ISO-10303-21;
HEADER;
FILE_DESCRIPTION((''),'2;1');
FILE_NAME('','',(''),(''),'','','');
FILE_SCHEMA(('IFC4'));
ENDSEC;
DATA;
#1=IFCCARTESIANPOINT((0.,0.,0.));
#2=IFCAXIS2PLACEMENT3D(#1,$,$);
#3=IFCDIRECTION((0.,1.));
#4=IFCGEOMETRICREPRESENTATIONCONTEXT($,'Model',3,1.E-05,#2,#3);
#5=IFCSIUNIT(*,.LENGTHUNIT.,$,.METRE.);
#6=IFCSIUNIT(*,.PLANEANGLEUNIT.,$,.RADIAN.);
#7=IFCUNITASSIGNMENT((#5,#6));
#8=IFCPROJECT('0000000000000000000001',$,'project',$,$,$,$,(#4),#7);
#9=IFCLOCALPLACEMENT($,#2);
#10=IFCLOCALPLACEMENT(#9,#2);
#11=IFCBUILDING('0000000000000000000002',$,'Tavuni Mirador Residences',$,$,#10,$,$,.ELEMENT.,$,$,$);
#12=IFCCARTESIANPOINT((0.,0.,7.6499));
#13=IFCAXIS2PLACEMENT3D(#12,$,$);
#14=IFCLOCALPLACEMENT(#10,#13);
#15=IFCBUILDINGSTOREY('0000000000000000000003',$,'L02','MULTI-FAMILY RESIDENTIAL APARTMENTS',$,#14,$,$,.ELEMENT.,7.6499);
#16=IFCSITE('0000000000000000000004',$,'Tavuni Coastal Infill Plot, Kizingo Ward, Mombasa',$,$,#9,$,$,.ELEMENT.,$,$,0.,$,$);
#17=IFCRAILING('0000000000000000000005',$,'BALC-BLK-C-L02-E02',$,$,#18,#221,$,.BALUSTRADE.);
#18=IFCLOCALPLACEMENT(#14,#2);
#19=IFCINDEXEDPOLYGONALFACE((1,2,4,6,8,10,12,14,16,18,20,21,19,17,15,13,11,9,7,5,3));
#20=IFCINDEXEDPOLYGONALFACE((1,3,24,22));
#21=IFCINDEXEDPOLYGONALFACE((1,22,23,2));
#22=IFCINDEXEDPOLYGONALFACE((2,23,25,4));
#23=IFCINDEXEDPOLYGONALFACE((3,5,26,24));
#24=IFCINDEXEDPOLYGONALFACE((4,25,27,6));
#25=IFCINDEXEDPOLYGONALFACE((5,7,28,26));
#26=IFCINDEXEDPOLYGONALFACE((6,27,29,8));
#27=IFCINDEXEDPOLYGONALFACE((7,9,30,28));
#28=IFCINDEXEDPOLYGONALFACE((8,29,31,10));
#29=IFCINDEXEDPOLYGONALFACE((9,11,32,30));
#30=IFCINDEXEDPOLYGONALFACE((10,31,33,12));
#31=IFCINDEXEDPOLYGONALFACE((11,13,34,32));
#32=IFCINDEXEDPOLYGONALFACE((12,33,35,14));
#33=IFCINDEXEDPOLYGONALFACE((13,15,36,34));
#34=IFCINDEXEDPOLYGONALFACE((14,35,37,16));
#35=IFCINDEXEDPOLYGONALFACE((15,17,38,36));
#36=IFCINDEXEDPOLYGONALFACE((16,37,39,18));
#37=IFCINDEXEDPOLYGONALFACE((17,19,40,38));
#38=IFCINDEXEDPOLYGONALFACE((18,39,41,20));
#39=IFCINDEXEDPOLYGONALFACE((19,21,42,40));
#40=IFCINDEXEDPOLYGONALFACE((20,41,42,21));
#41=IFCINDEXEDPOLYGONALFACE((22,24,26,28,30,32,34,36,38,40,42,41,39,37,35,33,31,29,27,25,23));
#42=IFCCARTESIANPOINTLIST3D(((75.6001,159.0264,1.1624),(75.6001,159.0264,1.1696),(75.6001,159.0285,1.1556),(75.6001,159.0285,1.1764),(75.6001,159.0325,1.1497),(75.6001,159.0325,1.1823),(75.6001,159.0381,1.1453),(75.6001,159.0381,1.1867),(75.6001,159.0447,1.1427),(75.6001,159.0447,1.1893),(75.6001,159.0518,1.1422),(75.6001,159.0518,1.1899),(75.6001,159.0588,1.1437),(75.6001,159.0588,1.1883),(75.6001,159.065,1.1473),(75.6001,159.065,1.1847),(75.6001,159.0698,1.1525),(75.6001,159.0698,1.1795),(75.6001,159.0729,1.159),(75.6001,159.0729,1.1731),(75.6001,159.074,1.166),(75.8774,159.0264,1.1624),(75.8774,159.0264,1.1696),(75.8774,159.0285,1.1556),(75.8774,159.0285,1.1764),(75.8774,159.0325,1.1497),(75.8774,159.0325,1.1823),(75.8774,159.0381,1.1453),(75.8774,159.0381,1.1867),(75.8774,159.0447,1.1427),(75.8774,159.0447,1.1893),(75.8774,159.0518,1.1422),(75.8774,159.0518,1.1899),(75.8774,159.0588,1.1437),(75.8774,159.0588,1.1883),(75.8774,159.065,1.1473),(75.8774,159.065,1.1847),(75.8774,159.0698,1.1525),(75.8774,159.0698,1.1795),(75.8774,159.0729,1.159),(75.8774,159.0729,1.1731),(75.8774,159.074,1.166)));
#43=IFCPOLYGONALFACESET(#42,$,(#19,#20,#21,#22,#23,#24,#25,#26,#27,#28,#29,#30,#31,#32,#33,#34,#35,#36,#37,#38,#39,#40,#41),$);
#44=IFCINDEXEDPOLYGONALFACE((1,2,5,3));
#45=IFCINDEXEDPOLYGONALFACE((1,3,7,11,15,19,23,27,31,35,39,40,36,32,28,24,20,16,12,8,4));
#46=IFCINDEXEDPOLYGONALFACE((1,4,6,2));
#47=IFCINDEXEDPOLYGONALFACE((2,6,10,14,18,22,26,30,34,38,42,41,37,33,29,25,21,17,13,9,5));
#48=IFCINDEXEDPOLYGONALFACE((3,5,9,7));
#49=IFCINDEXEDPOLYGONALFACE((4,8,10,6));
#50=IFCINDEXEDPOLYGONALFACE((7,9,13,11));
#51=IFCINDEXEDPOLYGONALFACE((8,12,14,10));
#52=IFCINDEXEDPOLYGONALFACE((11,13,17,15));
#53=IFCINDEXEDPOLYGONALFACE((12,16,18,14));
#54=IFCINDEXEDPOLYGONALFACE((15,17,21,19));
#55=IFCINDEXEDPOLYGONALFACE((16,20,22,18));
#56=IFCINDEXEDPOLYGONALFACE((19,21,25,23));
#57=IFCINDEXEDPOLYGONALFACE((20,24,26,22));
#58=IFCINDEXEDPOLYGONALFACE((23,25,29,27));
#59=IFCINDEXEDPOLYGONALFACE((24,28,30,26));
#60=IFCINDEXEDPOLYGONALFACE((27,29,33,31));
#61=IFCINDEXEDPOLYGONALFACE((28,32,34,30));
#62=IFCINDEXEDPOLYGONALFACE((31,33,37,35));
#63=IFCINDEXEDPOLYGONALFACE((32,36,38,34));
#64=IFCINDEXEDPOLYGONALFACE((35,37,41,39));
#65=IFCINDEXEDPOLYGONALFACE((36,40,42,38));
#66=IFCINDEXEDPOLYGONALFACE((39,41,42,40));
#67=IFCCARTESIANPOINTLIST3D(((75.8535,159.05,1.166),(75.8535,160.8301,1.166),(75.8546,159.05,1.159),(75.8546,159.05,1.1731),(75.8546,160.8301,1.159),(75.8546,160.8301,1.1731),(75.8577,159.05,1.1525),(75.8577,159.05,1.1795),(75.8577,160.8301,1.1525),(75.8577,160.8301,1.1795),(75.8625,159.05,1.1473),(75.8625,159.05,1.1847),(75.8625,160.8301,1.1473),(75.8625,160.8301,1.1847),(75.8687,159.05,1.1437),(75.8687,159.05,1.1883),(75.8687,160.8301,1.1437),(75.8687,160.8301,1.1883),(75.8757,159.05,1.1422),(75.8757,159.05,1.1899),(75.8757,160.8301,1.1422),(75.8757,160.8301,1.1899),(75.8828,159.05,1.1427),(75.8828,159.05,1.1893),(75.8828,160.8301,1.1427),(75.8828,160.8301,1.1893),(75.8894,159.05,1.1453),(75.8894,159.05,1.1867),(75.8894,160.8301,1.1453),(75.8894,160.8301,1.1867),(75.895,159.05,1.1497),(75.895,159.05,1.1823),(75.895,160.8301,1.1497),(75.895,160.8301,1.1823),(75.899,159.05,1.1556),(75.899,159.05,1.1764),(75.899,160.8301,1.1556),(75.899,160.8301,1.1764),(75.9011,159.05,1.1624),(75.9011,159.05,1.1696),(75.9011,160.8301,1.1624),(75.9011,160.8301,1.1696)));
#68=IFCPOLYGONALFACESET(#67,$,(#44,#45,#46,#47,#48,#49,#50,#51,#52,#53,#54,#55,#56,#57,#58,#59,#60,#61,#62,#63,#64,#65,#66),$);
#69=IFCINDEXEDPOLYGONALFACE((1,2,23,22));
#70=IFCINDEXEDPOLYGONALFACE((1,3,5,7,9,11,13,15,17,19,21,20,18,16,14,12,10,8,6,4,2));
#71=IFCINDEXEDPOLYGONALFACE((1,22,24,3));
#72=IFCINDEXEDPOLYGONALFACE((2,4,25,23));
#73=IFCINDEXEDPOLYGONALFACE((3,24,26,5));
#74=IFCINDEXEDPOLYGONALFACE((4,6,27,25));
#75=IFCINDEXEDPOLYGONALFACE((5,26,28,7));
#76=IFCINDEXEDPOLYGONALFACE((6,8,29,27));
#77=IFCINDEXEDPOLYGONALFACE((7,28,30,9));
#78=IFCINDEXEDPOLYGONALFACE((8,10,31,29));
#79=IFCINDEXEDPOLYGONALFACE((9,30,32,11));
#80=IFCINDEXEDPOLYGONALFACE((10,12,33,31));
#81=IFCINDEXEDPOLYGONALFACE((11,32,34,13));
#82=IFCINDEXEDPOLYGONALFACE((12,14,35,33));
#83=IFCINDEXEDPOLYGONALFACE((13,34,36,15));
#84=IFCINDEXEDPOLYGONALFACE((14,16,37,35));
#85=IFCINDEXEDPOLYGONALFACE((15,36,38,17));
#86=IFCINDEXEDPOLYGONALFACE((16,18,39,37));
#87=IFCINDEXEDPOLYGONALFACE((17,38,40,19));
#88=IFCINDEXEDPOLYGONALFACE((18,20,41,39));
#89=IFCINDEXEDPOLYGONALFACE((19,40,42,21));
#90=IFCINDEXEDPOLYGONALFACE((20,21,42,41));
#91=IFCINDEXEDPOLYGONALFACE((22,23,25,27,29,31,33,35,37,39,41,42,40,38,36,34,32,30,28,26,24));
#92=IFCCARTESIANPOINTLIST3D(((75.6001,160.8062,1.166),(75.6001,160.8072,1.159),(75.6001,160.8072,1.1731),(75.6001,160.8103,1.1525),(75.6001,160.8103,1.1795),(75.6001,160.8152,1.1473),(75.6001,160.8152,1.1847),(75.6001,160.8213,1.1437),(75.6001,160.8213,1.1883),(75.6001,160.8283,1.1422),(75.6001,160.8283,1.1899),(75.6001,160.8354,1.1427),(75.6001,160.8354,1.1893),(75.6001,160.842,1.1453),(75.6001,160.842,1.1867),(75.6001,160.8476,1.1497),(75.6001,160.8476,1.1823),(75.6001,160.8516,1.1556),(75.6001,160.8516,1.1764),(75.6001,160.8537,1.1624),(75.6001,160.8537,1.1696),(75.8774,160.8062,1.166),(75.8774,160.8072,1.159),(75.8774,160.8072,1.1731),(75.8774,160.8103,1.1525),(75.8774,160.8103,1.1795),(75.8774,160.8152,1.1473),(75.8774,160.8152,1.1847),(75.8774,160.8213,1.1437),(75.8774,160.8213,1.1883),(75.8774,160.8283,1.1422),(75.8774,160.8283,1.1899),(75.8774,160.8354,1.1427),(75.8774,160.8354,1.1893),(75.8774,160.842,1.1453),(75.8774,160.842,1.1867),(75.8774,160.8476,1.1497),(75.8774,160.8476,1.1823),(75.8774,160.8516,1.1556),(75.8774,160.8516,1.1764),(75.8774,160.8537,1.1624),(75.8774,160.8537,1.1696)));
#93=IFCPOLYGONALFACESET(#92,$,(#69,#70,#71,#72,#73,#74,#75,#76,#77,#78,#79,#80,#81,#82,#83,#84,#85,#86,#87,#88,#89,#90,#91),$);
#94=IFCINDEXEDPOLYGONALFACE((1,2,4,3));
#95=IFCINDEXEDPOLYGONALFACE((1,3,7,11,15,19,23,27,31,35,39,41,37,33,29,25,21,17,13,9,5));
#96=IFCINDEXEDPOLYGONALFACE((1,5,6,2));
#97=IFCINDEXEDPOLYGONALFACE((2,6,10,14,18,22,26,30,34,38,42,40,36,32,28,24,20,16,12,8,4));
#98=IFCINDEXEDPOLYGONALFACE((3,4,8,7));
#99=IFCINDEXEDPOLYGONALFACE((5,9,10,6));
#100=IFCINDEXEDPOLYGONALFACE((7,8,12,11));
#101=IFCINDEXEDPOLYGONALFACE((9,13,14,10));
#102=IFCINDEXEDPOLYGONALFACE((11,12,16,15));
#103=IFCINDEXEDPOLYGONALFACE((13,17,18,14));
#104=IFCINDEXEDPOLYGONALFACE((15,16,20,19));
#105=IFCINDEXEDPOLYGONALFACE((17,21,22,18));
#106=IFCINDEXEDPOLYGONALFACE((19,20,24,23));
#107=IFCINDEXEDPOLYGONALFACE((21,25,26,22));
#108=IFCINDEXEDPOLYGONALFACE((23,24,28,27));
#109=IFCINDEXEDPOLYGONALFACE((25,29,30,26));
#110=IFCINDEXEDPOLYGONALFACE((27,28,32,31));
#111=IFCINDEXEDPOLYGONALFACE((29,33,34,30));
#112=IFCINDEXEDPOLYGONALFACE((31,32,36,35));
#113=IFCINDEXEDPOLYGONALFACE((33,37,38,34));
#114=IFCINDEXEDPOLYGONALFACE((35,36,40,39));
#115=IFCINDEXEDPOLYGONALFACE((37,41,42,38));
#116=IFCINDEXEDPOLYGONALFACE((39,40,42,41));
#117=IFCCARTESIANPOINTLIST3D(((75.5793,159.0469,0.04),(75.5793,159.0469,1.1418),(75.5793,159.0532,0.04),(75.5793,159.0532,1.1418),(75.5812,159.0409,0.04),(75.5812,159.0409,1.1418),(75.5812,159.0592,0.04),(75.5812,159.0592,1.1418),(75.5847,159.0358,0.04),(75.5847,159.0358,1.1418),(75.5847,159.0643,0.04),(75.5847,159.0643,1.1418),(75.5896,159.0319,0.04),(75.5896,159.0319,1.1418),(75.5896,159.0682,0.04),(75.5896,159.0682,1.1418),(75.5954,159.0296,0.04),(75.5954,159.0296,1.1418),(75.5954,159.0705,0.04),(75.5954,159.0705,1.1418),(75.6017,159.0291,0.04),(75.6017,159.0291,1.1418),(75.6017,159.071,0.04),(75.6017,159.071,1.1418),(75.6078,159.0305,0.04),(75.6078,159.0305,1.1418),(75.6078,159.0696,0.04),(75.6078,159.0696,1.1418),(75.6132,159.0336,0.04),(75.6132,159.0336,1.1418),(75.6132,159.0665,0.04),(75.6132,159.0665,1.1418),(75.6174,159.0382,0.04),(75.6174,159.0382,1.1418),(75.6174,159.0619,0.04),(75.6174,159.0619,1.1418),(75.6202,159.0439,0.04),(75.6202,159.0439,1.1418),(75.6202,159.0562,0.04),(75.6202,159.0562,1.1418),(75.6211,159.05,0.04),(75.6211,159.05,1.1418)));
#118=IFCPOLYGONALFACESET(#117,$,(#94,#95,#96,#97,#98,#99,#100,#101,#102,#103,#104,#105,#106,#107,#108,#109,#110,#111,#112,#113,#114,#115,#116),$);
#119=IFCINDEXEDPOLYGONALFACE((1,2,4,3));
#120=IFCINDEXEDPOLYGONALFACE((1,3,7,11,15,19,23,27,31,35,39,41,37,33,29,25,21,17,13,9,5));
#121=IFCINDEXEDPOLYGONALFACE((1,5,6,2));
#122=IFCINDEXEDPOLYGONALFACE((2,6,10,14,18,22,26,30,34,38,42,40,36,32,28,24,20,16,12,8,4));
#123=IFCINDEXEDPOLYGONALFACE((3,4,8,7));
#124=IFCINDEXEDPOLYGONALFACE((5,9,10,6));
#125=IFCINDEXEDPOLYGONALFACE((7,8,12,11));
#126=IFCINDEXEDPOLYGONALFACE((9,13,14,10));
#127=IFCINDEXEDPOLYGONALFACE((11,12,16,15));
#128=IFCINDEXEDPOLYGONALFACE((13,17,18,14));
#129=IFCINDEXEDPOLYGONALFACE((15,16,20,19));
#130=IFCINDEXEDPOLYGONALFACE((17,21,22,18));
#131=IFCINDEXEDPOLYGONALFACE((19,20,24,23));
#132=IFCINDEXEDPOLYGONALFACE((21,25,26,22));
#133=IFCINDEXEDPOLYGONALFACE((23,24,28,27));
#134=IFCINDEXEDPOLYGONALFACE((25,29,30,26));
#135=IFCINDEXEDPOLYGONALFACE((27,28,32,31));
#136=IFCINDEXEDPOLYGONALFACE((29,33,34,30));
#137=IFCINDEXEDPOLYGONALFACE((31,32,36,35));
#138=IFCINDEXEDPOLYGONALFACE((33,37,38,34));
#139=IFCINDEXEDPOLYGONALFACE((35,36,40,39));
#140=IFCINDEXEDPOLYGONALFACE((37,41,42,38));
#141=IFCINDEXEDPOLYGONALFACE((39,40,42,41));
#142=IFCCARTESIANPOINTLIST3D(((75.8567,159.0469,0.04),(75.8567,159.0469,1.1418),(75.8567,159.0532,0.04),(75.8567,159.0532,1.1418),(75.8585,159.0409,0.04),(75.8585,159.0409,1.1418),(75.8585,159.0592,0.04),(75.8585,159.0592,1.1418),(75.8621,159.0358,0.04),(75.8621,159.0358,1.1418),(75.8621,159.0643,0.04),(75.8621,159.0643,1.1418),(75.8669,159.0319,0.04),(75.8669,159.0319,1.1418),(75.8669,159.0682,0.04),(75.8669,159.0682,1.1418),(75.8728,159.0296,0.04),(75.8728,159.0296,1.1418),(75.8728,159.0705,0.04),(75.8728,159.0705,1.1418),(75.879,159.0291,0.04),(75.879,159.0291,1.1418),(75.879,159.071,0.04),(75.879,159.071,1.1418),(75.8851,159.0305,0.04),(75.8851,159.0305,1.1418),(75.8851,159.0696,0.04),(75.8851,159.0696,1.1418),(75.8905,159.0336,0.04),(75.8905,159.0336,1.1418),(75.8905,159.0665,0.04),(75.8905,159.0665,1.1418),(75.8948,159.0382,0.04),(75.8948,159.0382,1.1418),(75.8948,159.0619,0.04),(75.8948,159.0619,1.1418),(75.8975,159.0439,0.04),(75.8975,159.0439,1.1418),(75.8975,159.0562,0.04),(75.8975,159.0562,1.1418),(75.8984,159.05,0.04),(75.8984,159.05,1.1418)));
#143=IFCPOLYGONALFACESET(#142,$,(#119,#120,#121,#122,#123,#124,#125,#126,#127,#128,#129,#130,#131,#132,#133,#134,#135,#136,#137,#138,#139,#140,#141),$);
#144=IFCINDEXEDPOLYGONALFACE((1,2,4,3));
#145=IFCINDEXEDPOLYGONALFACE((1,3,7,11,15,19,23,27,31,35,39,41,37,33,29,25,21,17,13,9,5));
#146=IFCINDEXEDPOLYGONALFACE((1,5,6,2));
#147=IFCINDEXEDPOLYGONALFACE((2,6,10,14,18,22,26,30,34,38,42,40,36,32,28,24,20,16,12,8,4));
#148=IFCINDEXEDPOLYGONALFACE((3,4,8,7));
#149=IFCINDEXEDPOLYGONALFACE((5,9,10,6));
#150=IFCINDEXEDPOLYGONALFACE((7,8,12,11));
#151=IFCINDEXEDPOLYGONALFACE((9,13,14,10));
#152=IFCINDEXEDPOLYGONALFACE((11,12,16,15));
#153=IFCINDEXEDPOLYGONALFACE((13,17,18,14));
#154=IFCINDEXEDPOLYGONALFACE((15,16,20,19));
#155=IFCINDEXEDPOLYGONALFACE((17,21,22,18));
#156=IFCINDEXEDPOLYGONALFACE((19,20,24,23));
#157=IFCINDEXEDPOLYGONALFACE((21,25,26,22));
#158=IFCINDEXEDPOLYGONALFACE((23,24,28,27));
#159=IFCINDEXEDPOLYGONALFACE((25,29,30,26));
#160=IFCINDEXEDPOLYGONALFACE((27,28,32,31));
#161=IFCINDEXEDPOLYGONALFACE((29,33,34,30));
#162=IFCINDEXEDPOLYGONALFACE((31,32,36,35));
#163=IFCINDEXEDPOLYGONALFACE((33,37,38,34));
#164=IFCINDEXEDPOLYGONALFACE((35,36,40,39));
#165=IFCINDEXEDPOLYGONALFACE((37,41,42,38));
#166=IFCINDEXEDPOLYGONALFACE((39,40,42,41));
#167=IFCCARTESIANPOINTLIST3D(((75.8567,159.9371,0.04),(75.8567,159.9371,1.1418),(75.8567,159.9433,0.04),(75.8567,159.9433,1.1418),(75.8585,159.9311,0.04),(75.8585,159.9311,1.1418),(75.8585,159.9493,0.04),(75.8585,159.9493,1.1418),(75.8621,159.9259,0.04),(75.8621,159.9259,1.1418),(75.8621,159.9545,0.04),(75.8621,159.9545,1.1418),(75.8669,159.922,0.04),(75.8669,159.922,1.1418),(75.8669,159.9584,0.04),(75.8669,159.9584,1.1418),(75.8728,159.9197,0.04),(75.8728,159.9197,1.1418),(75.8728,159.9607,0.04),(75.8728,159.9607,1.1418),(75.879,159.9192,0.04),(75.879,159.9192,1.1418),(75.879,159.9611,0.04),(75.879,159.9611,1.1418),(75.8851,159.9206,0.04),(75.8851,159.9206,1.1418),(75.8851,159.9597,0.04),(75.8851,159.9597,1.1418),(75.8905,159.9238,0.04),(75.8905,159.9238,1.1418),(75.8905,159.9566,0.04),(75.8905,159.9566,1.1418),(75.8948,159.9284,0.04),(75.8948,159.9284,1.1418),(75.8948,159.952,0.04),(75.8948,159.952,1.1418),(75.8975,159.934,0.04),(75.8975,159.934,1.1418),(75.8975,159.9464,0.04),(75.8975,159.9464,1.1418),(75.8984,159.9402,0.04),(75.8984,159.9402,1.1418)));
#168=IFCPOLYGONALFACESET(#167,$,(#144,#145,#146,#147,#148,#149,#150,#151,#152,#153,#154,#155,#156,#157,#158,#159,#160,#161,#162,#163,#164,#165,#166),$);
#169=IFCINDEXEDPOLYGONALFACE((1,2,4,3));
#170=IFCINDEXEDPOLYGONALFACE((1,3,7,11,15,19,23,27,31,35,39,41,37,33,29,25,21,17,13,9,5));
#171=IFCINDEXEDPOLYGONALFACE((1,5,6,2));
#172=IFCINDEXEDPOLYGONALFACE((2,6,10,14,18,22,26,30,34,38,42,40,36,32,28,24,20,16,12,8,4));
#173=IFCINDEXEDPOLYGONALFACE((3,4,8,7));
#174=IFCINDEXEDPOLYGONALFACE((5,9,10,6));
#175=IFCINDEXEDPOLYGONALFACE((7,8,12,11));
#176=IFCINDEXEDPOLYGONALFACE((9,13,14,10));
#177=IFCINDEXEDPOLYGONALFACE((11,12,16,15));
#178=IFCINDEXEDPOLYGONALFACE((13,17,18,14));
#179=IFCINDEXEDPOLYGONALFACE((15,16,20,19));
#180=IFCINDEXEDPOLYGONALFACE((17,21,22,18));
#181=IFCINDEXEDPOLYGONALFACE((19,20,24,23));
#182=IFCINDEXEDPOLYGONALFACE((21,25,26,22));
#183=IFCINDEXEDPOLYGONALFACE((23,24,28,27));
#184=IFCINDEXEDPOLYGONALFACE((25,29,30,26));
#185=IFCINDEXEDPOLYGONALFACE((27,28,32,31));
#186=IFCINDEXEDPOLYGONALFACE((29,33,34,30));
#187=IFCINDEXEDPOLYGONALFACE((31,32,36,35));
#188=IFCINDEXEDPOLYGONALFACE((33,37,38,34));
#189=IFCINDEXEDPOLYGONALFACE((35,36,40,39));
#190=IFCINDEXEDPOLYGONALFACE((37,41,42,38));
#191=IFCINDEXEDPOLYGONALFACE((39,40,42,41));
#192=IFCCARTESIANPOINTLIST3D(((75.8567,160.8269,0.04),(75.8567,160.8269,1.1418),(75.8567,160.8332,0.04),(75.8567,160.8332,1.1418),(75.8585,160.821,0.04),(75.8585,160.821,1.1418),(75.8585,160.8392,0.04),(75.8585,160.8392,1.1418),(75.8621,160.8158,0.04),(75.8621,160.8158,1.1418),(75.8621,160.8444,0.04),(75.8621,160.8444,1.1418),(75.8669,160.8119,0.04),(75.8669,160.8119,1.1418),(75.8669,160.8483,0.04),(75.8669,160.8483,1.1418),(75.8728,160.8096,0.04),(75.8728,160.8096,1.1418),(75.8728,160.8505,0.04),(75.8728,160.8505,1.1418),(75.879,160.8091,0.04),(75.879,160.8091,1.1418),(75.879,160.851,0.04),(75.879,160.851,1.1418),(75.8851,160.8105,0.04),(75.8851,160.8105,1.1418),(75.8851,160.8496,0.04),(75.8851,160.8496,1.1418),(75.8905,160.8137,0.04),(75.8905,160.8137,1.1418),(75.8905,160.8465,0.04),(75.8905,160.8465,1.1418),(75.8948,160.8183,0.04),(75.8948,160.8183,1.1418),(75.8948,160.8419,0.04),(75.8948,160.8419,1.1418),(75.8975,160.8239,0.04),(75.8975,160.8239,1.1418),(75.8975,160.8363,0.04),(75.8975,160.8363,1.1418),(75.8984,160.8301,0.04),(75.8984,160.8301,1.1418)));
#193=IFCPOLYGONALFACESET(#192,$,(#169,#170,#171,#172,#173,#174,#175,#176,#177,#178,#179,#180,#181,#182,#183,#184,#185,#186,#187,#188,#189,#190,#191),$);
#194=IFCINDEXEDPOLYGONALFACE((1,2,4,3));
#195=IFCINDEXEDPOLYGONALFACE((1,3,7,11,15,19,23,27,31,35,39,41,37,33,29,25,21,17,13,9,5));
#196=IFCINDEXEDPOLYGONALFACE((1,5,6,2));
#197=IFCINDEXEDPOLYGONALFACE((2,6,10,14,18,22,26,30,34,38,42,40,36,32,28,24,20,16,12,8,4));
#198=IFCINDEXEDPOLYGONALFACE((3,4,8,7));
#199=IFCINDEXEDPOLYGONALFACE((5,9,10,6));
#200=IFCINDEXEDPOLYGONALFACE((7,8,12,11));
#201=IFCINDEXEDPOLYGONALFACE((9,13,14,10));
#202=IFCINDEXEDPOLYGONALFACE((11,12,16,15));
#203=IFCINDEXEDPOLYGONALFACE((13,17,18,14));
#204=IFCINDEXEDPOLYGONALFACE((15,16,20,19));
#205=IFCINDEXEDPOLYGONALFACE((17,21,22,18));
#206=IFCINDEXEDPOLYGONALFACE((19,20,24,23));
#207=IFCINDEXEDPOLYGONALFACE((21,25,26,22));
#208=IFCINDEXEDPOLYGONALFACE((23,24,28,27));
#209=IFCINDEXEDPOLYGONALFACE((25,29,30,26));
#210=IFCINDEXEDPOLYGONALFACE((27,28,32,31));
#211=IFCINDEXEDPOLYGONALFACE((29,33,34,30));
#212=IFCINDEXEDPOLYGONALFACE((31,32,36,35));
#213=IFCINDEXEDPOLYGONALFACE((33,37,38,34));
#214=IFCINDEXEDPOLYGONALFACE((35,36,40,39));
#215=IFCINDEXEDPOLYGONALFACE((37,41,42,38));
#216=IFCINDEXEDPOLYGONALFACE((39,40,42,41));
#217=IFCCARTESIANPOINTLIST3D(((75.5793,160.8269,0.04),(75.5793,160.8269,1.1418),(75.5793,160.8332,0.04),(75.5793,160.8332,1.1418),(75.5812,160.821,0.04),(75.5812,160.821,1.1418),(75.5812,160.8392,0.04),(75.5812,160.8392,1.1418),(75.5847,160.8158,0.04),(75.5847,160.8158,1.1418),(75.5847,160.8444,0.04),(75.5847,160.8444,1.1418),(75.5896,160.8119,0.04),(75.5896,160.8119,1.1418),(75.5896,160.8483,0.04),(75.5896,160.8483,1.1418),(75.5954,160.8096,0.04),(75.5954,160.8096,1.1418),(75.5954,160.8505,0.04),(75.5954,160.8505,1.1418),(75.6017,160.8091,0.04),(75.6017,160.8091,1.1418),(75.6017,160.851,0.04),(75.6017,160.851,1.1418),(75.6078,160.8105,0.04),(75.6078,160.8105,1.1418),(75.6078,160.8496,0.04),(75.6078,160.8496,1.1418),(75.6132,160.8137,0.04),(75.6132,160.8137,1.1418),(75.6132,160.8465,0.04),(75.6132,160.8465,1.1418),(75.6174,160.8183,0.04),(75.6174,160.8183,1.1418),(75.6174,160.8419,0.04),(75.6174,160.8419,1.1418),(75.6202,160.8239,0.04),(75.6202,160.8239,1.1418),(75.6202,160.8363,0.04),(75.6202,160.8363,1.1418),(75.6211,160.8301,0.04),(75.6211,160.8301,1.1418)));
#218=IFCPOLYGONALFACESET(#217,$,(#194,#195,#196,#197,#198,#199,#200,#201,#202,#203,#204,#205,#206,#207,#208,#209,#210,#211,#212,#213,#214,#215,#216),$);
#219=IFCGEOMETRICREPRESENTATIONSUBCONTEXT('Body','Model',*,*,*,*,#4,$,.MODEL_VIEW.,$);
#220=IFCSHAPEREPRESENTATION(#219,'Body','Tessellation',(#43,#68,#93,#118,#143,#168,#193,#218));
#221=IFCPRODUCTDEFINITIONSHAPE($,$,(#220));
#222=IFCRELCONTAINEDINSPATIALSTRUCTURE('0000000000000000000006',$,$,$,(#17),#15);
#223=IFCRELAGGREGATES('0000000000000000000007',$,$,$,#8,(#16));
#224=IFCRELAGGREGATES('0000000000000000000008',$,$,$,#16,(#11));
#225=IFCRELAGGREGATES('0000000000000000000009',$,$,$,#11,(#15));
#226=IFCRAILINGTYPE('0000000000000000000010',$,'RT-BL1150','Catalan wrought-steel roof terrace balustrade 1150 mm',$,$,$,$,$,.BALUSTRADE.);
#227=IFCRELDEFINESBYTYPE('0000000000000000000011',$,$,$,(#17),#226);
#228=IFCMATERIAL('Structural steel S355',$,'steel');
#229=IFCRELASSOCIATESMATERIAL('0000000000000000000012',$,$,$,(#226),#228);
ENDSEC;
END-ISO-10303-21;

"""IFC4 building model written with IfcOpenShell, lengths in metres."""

from ifc_helpers import new_model, si_unit, direction, frame, origin, origin_2d, place, context, subcontext, project, spatial, circle, extrude, material, type_object, element, save


model = new_model("IFC4")

# Units and contexts
model_context = context("Model", 3, precision=1e-05, world=origin(), true_north=direction((0.0, 1.0)))
body_context = subcontext(model_context, "Body", "Model", "MODEL_VIEW")
ifc_project = project(units=[si_unit("LENGTHUNIT", "METRE"), si_unit("PLANEANGLEUNIT", "RADIAN")], contexts=[model_context])

# Site, building, storey
site_placement = place(None, origin())
site = spatial("IfcSite", under=ifc_project, at=site_placement, Name="Tavuni Coastal Infill Plot, Kizingo Ward, Mombasa", CompositionType="ELEMENT", RefElevation=0.0)
building_placement = place(site_placement, origin())
building = spatial("IfcBuilding", under=site, at=building_placement, Name="Tavuni Mirador Residences", CompositionType="ELEMENT")
storey_placement = place(building_placement, frame((0.0, 0.0, 7.6499)))
storey = spatial("IfcBuildingStorey", under=building, at=storey_placement, Name="L02", Description="MULTI-FAMILY RESIDENTIAL APARTMENTS", CompositionType="ELEMENT", Elevation=7.6499)

# Railing
ifc_material_1 = material(Name="Structural steel S355", Category="steel")
railing_type = type_object("IfcRailingType", Name="RT-BL1150", Description="Catalan wrought-steel roof terrace balustrade 1150 mm", PredefinedType="BALUSTRADE", material=ifc_material_1)
railing_placement = place(storey_placement, frame((75.6001, 159.05, 0.04)))
element("IfcRailing", 1, at=railing_placement, inside=storey, type_object=railing_type, Name="BALC-BLK-C-L02-E02", PredefinedType="BALUSTRADE", context=body_context, shape_type="SweptSolid", body=[
    extrude(circle(Radius=0.0239, at=origin_2d()), frame((0.0, 0.0, 1.126), z_axis=(1.0, 0.0, 0.0), x_axis=(0.0, 1.0, 0.0)), (0.0, 0.0, 1.0), 0.2773),
    extrude(circle(Radius=0.0239, at=origin_2d()), frame((0.2773, 0.0, 1.126), z_axis=(0.0, 1.0, 0.0), x_axis=(-1.0, 0.0, 0.0)), (0.0, 0.0, 1.0), 1.78),
    extrude(circle(Radius=0.0239, at=origin_2d()), frame((0.2773, 1.78, 1.126), z_axis=(-1.0, 0.0, 0.0), x_axis=(0.0, -1.0, 0.0)), (0.0, 0.0, 1.0), 0.2773),
    extrude(circle(Radius=0.021, at=origin_2d()), origin(), (0.0, 0.0, 1.0), 1.1018),
    extrude(circle(Radius=0.021, at=origin_2d()), frame((0.2773, 0.0, 0.0)), (0.0, 0.0, 1.0), 1.1018),
    extrude(circle(Radius=0.021, at=origin_2d()), frame((0.2773, 0.8901, 0.0)), (0.0, 0.0, 1.0), 1.1018),
    extrude(circle(Radius=0.021, at=origin_2d()), frame((0.2773, 1.78, 0.0)), (0.0, 0.0, 1.0), 1.1018),
    extrude(circle(Radius=0.021, at=origin_2d()), frame((0.0, 1.78, 0.0)), (0.0, 0.0, 1.0), 1.1018),
])

save(model, "model.ifc")
